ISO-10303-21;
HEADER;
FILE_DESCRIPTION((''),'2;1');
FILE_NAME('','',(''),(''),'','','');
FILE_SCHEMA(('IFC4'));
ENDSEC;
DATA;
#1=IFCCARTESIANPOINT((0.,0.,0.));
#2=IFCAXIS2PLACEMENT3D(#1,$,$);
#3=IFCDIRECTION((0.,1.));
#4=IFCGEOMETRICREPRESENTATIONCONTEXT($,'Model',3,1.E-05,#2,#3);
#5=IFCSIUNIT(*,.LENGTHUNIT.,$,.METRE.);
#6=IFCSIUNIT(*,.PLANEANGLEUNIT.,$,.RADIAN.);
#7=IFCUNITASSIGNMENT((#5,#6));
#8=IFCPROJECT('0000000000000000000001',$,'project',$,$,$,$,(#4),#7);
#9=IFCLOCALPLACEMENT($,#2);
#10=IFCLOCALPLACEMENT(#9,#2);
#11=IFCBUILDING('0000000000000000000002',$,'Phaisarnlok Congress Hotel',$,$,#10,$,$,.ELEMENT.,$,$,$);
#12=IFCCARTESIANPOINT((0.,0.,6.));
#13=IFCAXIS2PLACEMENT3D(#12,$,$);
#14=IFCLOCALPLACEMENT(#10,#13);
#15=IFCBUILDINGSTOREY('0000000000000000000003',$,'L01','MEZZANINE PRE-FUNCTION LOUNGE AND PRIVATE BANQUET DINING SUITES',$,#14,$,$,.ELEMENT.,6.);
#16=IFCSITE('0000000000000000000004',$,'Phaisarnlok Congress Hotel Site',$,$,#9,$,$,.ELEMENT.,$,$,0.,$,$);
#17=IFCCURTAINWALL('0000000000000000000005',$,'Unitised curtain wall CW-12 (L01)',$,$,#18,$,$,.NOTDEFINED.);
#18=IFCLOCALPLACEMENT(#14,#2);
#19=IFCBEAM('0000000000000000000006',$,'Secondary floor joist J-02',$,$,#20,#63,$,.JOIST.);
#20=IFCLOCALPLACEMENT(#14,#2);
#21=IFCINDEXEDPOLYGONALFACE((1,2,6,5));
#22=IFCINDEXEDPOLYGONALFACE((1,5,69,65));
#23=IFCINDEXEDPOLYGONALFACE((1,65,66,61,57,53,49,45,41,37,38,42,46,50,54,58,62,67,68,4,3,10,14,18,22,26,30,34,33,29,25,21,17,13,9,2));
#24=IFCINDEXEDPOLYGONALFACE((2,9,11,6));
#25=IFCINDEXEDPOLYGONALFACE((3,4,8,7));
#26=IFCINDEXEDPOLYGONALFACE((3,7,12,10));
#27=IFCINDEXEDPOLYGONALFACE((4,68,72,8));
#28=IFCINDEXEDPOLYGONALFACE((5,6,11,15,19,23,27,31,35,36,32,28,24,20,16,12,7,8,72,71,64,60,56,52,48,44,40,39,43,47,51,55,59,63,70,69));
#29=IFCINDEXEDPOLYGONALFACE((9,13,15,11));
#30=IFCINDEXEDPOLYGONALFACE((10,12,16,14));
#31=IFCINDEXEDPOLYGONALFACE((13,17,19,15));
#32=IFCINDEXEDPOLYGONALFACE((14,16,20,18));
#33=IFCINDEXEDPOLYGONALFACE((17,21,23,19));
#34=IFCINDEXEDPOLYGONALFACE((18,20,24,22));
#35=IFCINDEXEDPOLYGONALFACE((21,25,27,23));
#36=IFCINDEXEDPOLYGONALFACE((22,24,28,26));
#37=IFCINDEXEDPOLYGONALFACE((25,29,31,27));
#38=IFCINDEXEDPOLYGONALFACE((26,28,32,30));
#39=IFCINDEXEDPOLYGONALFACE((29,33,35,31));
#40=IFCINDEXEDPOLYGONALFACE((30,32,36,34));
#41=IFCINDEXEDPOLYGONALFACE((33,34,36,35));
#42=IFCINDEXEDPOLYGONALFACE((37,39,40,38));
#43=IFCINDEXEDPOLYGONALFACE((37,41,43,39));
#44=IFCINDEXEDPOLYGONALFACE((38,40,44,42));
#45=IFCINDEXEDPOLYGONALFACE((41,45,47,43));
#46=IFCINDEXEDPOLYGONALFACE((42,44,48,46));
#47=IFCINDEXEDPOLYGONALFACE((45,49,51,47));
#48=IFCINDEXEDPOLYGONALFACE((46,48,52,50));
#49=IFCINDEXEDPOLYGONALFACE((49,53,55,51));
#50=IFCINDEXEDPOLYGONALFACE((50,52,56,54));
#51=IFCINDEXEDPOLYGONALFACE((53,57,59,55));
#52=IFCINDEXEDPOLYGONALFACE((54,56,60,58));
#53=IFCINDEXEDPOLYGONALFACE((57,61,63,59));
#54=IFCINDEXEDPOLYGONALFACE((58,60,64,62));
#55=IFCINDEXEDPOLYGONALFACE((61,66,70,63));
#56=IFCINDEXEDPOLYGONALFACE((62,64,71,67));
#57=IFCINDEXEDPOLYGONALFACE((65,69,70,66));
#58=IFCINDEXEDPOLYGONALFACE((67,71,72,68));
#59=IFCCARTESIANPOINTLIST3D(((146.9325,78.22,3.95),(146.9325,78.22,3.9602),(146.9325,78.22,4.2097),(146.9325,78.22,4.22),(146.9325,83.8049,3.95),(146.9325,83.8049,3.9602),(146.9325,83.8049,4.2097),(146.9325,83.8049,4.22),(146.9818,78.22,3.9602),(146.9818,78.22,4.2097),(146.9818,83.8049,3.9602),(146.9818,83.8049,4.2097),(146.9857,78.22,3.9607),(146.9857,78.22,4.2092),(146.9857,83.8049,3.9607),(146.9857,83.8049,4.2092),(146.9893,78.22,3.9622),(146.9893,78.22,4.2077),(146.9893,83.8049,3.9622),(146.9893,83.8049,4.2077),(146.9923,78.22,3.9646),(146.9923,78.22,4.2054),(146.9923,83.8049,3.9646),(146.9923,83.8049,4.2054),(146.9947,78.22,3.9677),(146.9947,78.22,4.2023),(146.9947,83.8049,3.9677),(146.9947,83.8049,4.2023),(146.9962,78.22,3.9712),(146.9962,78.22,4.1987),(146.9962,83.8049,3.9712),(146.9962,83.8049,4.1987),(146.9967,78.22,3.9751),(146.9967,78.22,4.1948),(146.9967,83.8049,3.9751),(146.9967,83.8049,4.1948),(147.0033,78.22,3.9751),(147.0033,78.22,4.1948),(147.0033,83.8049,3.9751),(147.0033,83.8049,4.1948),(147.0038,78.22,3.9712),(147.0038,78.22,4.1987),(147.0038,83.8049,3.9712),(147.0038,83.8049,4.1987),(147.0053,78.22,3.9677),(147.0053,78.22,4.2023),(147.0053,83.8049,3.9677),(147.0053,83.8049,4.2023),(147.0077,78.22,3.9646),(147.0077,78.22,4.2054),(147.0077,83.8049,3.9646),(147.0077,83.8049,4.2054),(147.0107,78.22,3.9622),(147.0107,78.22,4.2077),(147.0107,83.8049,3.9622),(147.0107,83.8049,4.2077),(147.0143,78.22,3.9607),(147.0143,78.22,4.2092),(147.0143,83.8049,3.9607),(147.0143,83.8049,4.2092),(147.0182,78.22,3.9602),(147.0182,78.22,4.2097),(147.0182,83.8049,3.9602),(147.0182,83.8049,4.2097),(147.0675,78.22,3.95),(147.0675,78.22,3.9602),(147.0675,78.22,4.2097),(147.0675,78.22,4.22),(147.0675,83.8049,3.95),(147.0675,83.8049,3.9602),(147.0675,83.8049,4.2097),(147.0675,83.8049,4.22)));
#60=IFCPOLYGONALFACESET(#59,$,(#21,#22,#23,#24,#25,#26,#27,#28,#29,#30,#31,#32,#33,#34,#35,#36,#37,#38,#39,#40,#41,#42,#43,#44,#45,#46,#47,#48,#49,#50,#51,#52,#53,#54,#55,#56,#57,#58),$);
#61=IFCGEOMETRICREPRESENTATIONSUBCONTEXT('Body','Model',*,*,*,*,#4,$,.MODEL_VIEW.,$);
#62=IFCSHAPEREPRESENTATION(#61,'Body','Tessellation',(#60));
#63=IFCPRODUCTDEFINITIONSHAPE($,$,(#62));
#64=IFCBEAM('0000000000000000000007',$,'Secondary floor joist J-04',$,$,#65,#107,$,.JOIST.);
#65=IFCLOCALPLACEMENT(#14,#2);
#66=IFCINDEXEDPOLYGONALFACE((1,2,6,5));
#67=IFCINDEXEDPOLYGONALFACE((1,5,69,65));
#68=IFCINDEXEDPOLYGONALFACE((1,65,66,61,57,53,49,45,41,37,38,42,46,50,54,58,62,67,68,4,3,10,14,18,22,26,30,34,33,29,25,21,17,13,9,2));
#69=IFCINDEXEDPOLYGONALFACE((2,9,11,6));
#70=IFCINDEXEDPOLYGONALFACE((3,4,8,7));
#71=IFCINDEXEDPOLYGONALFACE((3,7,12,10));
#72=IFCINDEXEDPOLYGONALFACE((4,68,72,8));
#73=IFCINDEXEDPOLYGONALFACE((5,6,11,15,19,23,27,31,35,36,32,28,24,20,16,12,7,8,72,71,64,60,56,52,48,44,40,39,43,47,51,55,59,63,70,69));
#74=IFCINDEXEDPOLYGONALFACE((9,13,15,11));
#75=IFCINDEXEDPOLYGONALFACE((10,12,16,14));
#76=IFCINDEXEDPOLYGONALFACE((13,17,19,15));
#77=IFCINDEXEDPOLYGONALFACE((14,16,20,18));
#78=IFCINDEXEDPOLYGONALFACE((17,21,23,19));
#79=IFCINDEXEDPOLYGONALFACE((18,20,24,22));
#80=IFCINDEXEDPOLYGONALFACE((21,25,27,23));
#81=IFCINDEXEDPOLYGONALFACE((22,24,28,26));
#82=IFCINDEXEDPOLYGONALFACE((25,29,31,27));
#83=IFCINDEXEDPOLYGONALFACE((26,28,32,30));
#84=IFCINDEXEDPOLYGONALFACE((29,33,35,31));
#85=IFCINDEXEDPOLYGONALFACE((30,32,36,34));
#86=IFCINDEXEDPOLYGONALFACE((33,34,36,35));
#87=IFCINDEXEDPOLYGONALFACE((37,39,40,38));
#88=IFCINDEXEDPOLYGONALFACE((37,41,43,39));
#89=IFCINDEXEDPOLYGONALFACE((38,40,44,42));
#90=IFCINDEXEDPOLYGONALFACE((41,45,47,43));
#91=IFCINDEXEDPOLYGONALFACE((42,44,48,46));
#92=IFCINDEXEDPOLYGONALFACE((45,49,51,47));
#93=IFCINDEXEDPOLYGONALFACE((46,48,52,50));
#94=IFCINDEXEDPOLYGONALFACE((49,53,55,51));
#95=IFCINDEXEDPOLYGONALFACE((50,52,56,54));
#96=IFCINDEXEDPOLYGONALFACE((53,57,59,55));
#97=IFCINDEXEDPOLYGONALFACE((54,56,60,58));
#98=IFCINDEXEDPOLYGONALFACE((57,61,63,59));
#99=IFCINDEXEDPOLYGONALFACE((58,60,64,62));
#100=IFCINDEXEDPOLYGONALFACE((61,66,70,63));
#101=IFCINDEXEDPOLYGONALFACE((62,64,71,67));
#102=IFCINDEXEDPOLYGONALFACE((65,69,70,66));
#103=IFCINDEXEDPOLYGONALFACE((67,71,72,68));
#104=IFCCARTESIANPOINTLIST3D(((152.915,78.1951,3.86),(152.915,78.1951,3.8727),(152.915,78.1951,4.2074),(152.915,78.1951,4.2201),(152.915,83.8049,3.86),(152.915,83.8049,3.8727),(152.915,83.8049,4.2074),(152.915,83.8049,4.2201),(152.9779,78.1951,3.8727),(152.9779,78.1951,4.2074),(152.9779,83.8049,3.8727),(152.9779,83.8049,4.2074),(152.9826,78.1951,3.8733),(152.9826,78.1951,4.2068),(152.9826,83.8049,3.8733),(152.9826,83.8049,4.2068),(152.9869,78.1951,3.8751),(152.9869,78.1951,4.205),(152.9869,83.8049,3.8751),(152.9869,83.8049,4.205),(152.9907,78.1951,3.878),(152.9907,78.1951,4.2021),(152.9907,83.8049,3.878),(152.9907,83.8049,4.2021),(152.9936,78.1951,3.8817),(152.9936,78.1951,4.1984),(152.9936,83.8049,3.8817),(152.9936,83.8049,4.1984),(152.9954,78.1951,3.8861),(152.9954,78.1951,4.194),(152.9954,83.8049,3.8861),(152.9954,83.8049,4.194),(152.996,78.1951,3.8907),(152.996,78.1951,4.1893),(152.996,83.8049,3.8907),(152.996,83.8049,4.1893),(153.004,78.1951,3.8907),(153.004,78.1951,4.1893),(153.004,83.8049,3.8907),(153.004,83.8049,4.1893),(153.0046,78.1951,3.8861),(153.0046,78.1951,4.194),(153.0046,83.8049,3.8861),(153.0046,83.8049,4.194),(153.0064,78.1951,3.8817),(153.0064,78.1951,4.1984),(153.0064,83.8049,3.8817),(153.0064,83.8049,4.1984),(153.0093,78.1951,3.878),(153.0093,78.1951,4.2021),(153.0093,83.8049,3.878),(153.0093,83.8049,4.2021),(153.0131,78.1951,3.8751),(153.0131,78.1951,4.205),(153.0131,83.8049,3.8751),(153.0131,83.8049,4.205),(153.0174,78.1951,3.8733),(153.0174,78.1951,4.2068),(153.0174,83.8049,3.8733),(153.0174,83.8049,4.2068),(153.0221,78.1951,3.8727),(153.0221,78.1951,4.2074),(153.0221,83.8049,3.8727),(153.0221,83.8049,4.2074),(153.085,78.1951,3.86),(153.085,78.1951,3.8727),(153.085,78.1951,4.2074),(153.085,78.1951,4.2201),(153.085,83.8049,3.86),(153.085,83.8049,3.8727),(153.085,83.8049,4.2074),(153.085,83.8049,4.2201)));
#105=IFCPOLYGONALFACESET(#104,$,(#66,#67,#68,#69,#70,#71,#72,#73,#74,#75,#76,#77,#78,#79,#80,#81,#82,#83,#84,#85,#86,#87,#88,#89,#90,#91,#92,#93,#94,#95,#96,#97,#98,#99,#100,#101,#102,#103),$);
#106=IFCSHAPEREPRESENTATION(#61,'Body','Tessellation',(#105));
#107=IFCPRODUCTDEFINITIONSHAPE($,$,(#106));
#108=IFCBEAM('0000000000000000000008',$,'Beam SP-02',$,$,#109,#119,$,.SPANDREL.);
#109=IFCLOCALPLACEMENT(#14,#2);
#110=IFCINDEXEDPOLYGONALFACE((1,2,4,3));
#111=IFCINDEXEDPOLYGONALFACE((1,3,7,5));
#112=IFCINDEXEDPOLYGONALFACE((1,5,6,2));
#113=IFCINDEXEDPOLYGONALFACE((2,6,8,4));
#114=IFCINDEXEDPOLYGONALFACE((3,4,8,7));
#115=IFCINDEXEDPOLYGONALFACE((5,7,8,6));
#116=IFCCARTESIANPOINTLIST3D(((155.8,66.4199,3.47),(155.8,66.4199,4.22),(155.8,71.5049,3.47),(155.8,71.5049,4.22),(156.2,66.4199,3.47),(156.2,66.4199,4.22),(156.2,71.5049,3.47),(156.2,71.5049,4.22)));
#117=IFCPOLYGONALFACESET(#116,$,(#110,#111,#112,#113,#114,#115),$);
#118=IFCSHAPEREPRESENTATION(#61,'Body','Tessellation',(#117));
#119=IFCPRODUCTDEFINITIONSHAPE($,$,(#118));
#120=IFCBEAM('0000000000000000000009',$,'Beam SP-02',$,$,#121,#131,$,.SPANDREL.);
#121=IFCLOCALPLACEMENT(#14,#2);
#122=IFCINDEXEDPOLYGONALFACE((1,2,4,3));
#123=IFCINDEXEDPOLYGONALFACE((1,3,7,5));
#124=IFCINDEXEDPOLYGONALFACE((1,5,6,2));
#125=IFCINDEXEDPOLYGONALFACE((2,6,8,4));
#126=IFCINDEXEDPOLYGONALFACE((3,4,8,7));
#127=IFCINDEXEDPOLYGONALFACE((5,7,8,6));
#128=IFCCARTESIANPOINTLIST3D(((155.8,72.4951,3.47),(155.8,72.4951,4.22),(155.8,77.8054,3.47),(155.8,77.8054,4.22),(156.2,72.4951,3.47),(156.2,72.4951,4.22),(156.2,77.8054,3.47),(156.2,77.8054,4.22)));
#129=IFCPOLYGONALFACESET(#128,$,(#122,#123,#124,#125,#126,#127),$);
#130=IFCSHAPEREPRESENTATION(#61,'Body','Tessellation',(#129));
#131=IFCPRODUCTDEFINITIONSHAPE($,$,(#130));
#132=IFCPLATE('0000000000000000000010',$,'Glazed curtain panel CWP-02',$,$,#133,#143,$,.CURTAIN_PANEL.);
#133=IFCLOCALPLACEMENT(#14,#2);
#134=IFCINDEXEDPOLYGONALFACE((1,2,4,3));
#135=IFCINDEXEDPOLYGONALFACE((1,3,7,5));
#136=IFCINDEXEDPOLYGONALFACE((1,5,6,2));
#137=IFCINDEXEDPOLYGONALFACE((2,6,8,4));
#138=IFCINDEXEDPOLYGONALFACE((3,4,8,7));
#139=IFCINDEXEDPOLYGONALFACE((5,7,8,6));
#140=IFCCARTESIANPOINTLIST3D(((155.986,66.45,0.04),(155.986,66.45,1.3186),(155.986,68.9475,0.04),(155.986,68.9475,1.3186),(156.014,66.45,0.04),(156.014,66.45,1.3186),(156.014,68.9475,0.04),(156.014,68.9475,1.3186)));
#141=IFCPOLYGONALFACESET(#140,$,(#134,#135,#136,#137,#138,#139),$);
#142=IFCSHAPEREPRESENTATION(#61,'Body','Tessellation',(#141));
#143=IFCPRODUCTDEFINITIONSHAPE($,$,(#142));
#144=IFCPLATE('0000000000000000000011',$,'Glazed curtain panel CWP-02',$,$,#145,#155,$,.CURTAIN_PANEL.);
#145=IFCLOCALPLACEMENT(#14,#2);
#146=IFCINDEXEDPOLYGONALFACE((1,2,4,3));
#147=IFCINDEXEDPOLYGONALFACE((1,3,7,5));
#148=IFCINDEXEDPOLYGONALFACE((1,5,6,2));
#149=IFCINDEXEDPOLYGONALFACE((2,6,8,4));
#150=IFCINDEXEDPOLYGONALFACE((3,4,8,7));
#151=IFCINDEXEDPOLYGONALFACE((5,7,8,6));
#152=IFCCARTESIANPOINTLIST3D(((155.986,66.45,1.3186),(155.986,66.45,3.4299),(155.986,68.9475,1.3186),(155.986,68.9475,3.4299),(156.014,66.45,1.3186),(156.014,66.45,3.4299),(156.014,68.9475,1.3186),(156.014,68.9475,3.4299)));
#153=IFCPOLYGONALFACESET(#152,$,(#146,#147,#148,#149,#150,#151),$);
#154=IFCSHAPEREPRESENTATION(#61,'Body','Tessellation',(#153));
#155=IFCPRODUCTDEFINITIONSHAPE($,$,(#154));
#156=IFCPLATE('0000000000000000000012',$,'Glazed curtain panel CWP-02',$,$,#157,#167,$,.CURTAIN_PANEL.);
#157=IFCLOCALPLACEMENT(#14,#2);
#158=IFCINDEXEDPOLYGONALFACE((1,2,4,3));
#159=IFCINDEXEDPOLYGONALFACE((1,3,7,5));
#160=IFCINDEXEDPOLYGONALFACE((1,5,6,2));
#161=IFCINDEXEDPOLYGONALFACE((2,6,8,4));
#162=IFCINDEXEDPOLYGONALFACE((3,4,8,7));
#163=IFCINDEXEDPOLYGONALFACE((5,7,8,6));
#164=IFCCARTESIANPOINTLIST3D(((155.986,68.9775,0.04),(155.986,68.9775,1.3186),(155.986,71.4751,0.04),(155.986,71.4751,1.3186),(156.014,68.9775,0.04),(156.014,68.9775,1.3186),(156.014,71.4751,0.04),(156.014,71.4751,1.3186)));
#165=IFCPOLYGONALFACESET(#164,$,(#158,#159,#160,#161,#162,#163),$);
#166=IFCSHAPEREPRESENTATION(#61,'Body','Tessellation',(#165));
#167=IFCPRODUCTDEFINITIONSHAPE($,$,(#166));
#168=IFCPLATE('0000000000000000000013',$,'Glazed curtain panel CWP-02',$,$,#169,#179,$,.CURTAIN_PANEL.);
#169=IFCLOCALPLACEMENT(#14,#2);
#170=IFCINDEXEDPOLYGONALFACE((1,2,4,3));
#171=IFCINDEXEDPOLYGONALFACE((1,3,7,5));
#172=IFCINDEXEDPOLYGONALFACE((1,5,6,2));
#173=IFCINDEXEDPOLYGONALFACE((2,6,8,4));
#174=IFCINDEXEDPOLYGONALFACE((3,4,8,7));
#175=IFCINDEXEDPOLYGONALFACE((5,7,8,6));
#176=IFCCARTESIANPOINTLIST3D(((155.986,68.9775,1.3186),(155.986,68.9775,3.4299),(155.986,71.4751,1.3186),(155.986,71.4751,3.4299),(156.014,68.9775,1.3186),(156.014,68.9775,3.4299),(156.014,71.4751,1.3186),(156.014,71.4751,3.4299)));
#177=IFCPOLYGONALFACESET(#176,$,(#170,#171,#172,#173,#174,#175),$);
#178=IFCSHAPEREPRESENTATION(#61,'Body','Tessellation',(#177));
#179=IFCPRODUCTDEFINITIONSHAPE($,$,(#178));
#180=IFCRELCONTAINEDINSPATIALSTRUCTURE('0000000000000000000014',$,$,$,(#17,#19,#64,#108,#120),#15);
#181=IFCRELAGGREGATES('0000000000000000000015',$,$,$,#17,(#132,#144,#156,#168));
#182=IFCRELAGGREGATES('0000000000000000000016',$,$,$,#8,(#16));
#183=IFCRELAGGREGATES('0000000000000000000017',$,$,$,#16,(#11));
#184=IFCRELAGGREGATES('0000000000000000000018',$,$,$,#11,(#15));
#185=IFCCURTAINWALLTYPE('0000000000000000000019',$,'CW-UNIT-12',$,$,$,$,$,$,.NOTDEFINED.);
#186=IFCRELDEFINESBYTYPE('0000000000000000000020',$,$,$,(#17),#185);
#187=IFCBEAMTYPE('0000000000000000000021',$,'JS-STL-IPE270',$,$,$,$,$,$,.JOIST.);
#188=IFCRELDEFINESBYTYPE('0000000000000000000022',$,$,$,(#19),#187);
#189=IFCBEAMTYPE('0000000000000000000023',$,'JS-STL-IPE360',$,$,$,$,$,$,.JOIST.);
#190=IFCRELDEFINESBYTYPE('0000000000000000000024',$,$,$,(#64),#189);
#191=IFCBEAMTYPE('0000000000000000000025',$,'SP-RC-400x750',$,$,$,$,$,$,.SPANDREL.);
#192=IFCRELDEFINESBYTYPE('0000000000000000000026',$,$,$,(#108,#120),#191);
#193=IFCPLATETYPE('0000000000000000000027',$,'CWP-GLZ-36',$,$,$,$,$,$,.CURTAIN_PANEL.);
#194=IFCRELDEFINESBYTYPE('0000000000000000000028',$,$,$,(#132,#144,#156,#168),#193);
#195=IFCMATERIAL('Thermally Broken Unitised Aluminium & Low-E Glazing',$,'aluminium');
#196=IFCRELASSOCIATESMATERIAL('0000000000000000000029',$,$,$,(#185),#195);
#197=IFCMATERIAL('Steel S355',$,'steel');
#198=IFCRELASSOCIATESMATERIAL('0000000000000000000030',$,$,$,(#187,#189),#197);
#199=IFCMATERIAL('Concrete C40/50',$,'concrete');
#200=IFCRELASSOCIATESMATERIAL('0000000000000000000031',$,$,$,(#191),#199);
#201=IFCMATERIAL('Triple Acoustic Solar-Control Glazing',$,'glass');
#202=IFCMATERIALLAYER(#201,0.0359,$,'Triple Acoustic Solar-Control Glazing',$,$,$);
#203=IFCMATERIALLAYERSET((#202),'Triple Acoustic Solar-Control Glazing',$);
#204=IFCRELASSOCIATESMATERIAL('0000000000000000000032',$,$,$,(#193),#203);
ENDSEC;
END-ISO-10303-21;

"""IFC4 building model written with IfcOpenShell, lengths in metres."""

from ifc_helpers import new_model, si_unit, direction, frame, frame_2d, origin, origin_2d, place, context, subcontext, project, spatial, rectangle, i_section, extrude, material, layer, layer_set, material_profile, profile_set, type_object, element, aggregate, save


model = new_model("IFC4")

# Units and contexts
model_context = context("Model", 3, precision=1e-05, world=origin(), true_north=direction((0.0, 1.0)))
body_context = subcontext(model_context, "Body", "Model", "MODEL_VIEW")
ifc_project = project(units=[si_unit("LENGTHUNIT", "METRE"), si_unit("PLANEANGLEUNIT", "RADIAN")], contexts=[model_context])

# Site, building, storey
site_placement = place(None, origin())
site = spatial("IfcSite", under=ifc_project, at=site_placement, Name="Phaisarnlok Congress Hotel Site", CompositionType="ELEMENT", RefElevation=0.0)
building_placement = place(site_placement, origin())
building = spatial("IfcBuilding", under=site, at=building_placement, Name="Phaisarnlok Congress Hotel", CompositionType="ELEMENT")
storey_placement = place(building_placement, frame((0.0, 0.0, 6.0)))
storey = spatial("IfcBuildingStorey", under=building, at=storey_placement, Name="L01", Description="MEZZANINE PRE-FUNCTION LOUNGE AND PRIVATE BANQUET DINING SUITES", CompositionType="ELEMENT", Elevation=6.0)

# Shared definitions
ifc_material_1 = material(Name="Concrete C40/50", Category="concrete")

# Shared definitions
ifc_material_2 = material(Name="Thermally Broken Unitised Aluminium & Low-E Glazing", Category="aluminium")

# Curtain wall
curtain_wall_type_1 = type_object("IfcCurtainWallType", Name="CW-UNIT-12", PredefinedType="NOTDEFINED", material=ifc_material_2)
curtain_wall_1_placement = place(storey_placement, origin())
curtain_wall_1 = element("IfcCurtainWall", 1, at=curtain_wall_1_placement, inside=storey, type_object=curtain_wall_type_1, Name="Unitised curtain wall CW-12 (L01)", PredefinedType="NOTDEFINED")

# Beams
ifc_material_3 = material(Name="Steel S355", Category="steel")
ifc_material_profile_1 = material_profile(ifc_material_3, i_section(OverallWidth=0.135, OverallDepth=0.27, WebThickness=0.0066, FlangeThickness=0.0103, FilletRadius=0.0149, at=origin_2d()), Name="IPE 270")
ifc_profile_set_1 = profile_set([ifc_material_profile_1], Name="Steel S355")
beam_type_1 = type_object("IfcBeamType", Name="JS-STL-IPE270", PredefinedType="JOIST", material=ifc_profile_set_1)
beam_1_placement = place(storey_placement, frame((147.0, 78.22, 4.085), z_axis=(0.0, 1.0, 0.0), x_axis=(-1.0, 0.0, 0.0)))
element("IfcBeam", 2, at=beam_1_placement, inside=storey, type_object=beam_type_1, Name="Secondary floor joist J-02", PredefinedType="JOIST", context=body_context, shape_type="SweptSolid", body=[
    extrude(i_section(OverallWidth=0.135, OverallDepth=0.27, WebThickness=0.0066, FlangeThickness=0.0103, FilletRadius=0.0149, at=origin_2d()), origin(), (0.0, 0.0, 1.0), 5.585),
])
ifc_material_profile_2 = material_profile(ifc_material_3, i_section(OverallWidth=0.1699, OverallDepth=0.3601, WebThickness=0.0081, FlangeThickness=0.0127, FilletRadius=0.0181, at=origin_2d()), Name="IPE 360")
ifc_profile_set_2 = profile_set([ifc_material_profile_2], Name="Steel S355")
beam_type_2 = type_object("IfcBeamType", Name="JS-STL-IPE360", PredefinedType="JOIST", material=ifc_profile_set_2)
beam_2_placement = place(storey_placement, frame((153.0, 78.1951, 4.04), z_axis=(0.0, 1.0, 0.0), x_axis=(-1.0, 0.0, 0.0)))
element("IfcBeam", 3, at=beam_2_placement, inside=storey, type_object=beam_type_2, Name="Secondary floor joist J-04", PredefinedType="JOIST", context=body_context, shape_type="SweptSolid", body=[
    extrude(i_section(OverallWidth=0.1699, OverallDepth=0.3601, WebThickness=0.0081, FlangeThickness=0.0127, FilletRadius=0.0181, at=origin_2d()), origin(), (0.0, 0.0, 1.0), 5.6099),
])
ifc_material_profile_3 = material_profile(ifc_material_1, rectangle(XDim=0.3999, YDim=0.75, at=origin_2d()), Name="RC 400x750")
ifc_profile_set_3 = profile_set([ifc_material_profile_3], Name="Concrete C40/50")
beam_type_3 = type_object("IfcBeamType", Name="SP-RC-400x750", PredefinedType="SPANDREL", material=ifc_profile_set_3)
beam_3_placement = place(storey_placement, frame((156.0, 66.4199, 3.845), z_axis=(0.0, 1.0, 0.0), x_axis=(-1.0, 0.0, 0.0)))
element("IfcBeam", 4, at=beam_3_placement, inside=storey, type_object=beam_type_3, Name="Beam SP-02", PredefinedType="SPANDREL", context=body_context, shape_type="SweptSolid", body=[
    extrude(rectangle(XDim=0.3999, YDim=0.75, at=origin_2d()), origin(), (0.0, 0.0, 1.0), 5.085),
])
beam_4_placement = place(storey_placement, frame((156.0, 72.4951, 3.845), z_axis=(0.0, 1.0, 0.0), x_axis=(-1.0, 0.0, 0.0)))
element("IfcBeam", 5, at=beam_4_placement, inside=storey, type_object=beam_type_3, Name="Beam SP-02", PredefinedType="SPANDREL", context=body_context, shape_type="SweptSolid", body=[
    extrude(rectangle(XDim=0.3999, YDim=0.75, at=origin_2d()), origin(), (0.0, 0.0, 1.0), 5.3103),
])

# Plates
ifc_material_4 = material(Name="Triple Acoustic Solar-Control Glazing", Category="glass")
ifc_layer = layer(ifc_material_4, 0.0359, Name="Triple Acoustic Solar-Control Glazing")
ifc_layer_set = layer_set([ifc_layer], Name="Triple Acoustic Solar-Control Glazing")
plate_type = type_object("IfcPlateType", Name="CWP-GLZ-36", PredefinedType="CURTAIN_PANEL", material=ifc_layer_set)
plate_1_placement = place(storey_placement, frame((156.0, 66.45, 0.04), z_axis=(0.0, 0.0, 1.0), x_axis=(0.0, 1.0, 0.0)))
plate_1 = element("IfcPlate", 6, at=plate_1_placement, type_object=plate_type, Name="Glazed curtain panel CWP-02", PredefinedType="CURTAIN_PANEL", context=body_context, shape_type="SweptSolid", body=[
    extrude(rectangle(XDim=2.4976, YDim=0.0281, at=frame_2d((1.2488, 0.0))), origin(), (0.0, 0.0, 1.0), 1.2786),
])
plate_2_placement = place(storey_placement, frame((156.0, 66.45, 1.3186), z_axis=(0.0, 0.0, 1.0), x_axis=(0.0, 1.0, 0.0)))
plate_2 = element("IfcPlate", 7, at=plate_2_placement, type_object=plate_type, Name="Glazed curtain panel CWP-02", PredefinedType="CURTAIN_PANEL", context=body_context, shape_type="SweptSolid", body=[
    extrude(rectangle(XDim=2.4976, YDim=0.0281, at=frame_2d((1.2488, 0.0))), origin(), (0.0, 0.0, 1.0), 2.1113),
])
plate_3_placement = place(storey_placement, frame((156.0, 68.9775, 0.04), z_axis=(0.0, 0.0, 1.0), x_axis=(0.0, 1.0, 0.0)))
plate_3 = element("IfcPlate", 8, at=plate_3_placement, type_object=plate_type, Name="Glazed curtain panel CWP-02", PredefinedType="CURTAIN_PANEL", context=body_context, shape_type="SweptSolid", body=[
    extrude(rectangle(XDim=2.4976, YDim=0.0281, at=frame_2d((1.2488, 0.0))), origin(), (0.0, 0.0, 1.0), 1.2786),
])
plate_4_placement = place(storey_placement, frame((156.0, 68.9775, 1.3186), z_axis=(0.0, 0.0, 1.0), x_axis=(0.0, 1.0, 0.0)))
plate_4 = element("IfcPlate", 9, at=plate_4_placement, type_object=plate_type, Name="Glazed curtain panel CWP-02", PredefinedType="CURTAIN_PANEL", context=body_context, shape_type="SweptSolid", body=[
    extrude(rectangle(XDim=2.4976, YDim=0.0281, at=frame_2d((1.2488, 0.0))), origin(), (0.0, 0.0, 1.0), 2.1113),
])
aggregate(curtain_wall_1, [plate_1, plate_2, plate_3, plate_4])

save(model, "model.ifc")
